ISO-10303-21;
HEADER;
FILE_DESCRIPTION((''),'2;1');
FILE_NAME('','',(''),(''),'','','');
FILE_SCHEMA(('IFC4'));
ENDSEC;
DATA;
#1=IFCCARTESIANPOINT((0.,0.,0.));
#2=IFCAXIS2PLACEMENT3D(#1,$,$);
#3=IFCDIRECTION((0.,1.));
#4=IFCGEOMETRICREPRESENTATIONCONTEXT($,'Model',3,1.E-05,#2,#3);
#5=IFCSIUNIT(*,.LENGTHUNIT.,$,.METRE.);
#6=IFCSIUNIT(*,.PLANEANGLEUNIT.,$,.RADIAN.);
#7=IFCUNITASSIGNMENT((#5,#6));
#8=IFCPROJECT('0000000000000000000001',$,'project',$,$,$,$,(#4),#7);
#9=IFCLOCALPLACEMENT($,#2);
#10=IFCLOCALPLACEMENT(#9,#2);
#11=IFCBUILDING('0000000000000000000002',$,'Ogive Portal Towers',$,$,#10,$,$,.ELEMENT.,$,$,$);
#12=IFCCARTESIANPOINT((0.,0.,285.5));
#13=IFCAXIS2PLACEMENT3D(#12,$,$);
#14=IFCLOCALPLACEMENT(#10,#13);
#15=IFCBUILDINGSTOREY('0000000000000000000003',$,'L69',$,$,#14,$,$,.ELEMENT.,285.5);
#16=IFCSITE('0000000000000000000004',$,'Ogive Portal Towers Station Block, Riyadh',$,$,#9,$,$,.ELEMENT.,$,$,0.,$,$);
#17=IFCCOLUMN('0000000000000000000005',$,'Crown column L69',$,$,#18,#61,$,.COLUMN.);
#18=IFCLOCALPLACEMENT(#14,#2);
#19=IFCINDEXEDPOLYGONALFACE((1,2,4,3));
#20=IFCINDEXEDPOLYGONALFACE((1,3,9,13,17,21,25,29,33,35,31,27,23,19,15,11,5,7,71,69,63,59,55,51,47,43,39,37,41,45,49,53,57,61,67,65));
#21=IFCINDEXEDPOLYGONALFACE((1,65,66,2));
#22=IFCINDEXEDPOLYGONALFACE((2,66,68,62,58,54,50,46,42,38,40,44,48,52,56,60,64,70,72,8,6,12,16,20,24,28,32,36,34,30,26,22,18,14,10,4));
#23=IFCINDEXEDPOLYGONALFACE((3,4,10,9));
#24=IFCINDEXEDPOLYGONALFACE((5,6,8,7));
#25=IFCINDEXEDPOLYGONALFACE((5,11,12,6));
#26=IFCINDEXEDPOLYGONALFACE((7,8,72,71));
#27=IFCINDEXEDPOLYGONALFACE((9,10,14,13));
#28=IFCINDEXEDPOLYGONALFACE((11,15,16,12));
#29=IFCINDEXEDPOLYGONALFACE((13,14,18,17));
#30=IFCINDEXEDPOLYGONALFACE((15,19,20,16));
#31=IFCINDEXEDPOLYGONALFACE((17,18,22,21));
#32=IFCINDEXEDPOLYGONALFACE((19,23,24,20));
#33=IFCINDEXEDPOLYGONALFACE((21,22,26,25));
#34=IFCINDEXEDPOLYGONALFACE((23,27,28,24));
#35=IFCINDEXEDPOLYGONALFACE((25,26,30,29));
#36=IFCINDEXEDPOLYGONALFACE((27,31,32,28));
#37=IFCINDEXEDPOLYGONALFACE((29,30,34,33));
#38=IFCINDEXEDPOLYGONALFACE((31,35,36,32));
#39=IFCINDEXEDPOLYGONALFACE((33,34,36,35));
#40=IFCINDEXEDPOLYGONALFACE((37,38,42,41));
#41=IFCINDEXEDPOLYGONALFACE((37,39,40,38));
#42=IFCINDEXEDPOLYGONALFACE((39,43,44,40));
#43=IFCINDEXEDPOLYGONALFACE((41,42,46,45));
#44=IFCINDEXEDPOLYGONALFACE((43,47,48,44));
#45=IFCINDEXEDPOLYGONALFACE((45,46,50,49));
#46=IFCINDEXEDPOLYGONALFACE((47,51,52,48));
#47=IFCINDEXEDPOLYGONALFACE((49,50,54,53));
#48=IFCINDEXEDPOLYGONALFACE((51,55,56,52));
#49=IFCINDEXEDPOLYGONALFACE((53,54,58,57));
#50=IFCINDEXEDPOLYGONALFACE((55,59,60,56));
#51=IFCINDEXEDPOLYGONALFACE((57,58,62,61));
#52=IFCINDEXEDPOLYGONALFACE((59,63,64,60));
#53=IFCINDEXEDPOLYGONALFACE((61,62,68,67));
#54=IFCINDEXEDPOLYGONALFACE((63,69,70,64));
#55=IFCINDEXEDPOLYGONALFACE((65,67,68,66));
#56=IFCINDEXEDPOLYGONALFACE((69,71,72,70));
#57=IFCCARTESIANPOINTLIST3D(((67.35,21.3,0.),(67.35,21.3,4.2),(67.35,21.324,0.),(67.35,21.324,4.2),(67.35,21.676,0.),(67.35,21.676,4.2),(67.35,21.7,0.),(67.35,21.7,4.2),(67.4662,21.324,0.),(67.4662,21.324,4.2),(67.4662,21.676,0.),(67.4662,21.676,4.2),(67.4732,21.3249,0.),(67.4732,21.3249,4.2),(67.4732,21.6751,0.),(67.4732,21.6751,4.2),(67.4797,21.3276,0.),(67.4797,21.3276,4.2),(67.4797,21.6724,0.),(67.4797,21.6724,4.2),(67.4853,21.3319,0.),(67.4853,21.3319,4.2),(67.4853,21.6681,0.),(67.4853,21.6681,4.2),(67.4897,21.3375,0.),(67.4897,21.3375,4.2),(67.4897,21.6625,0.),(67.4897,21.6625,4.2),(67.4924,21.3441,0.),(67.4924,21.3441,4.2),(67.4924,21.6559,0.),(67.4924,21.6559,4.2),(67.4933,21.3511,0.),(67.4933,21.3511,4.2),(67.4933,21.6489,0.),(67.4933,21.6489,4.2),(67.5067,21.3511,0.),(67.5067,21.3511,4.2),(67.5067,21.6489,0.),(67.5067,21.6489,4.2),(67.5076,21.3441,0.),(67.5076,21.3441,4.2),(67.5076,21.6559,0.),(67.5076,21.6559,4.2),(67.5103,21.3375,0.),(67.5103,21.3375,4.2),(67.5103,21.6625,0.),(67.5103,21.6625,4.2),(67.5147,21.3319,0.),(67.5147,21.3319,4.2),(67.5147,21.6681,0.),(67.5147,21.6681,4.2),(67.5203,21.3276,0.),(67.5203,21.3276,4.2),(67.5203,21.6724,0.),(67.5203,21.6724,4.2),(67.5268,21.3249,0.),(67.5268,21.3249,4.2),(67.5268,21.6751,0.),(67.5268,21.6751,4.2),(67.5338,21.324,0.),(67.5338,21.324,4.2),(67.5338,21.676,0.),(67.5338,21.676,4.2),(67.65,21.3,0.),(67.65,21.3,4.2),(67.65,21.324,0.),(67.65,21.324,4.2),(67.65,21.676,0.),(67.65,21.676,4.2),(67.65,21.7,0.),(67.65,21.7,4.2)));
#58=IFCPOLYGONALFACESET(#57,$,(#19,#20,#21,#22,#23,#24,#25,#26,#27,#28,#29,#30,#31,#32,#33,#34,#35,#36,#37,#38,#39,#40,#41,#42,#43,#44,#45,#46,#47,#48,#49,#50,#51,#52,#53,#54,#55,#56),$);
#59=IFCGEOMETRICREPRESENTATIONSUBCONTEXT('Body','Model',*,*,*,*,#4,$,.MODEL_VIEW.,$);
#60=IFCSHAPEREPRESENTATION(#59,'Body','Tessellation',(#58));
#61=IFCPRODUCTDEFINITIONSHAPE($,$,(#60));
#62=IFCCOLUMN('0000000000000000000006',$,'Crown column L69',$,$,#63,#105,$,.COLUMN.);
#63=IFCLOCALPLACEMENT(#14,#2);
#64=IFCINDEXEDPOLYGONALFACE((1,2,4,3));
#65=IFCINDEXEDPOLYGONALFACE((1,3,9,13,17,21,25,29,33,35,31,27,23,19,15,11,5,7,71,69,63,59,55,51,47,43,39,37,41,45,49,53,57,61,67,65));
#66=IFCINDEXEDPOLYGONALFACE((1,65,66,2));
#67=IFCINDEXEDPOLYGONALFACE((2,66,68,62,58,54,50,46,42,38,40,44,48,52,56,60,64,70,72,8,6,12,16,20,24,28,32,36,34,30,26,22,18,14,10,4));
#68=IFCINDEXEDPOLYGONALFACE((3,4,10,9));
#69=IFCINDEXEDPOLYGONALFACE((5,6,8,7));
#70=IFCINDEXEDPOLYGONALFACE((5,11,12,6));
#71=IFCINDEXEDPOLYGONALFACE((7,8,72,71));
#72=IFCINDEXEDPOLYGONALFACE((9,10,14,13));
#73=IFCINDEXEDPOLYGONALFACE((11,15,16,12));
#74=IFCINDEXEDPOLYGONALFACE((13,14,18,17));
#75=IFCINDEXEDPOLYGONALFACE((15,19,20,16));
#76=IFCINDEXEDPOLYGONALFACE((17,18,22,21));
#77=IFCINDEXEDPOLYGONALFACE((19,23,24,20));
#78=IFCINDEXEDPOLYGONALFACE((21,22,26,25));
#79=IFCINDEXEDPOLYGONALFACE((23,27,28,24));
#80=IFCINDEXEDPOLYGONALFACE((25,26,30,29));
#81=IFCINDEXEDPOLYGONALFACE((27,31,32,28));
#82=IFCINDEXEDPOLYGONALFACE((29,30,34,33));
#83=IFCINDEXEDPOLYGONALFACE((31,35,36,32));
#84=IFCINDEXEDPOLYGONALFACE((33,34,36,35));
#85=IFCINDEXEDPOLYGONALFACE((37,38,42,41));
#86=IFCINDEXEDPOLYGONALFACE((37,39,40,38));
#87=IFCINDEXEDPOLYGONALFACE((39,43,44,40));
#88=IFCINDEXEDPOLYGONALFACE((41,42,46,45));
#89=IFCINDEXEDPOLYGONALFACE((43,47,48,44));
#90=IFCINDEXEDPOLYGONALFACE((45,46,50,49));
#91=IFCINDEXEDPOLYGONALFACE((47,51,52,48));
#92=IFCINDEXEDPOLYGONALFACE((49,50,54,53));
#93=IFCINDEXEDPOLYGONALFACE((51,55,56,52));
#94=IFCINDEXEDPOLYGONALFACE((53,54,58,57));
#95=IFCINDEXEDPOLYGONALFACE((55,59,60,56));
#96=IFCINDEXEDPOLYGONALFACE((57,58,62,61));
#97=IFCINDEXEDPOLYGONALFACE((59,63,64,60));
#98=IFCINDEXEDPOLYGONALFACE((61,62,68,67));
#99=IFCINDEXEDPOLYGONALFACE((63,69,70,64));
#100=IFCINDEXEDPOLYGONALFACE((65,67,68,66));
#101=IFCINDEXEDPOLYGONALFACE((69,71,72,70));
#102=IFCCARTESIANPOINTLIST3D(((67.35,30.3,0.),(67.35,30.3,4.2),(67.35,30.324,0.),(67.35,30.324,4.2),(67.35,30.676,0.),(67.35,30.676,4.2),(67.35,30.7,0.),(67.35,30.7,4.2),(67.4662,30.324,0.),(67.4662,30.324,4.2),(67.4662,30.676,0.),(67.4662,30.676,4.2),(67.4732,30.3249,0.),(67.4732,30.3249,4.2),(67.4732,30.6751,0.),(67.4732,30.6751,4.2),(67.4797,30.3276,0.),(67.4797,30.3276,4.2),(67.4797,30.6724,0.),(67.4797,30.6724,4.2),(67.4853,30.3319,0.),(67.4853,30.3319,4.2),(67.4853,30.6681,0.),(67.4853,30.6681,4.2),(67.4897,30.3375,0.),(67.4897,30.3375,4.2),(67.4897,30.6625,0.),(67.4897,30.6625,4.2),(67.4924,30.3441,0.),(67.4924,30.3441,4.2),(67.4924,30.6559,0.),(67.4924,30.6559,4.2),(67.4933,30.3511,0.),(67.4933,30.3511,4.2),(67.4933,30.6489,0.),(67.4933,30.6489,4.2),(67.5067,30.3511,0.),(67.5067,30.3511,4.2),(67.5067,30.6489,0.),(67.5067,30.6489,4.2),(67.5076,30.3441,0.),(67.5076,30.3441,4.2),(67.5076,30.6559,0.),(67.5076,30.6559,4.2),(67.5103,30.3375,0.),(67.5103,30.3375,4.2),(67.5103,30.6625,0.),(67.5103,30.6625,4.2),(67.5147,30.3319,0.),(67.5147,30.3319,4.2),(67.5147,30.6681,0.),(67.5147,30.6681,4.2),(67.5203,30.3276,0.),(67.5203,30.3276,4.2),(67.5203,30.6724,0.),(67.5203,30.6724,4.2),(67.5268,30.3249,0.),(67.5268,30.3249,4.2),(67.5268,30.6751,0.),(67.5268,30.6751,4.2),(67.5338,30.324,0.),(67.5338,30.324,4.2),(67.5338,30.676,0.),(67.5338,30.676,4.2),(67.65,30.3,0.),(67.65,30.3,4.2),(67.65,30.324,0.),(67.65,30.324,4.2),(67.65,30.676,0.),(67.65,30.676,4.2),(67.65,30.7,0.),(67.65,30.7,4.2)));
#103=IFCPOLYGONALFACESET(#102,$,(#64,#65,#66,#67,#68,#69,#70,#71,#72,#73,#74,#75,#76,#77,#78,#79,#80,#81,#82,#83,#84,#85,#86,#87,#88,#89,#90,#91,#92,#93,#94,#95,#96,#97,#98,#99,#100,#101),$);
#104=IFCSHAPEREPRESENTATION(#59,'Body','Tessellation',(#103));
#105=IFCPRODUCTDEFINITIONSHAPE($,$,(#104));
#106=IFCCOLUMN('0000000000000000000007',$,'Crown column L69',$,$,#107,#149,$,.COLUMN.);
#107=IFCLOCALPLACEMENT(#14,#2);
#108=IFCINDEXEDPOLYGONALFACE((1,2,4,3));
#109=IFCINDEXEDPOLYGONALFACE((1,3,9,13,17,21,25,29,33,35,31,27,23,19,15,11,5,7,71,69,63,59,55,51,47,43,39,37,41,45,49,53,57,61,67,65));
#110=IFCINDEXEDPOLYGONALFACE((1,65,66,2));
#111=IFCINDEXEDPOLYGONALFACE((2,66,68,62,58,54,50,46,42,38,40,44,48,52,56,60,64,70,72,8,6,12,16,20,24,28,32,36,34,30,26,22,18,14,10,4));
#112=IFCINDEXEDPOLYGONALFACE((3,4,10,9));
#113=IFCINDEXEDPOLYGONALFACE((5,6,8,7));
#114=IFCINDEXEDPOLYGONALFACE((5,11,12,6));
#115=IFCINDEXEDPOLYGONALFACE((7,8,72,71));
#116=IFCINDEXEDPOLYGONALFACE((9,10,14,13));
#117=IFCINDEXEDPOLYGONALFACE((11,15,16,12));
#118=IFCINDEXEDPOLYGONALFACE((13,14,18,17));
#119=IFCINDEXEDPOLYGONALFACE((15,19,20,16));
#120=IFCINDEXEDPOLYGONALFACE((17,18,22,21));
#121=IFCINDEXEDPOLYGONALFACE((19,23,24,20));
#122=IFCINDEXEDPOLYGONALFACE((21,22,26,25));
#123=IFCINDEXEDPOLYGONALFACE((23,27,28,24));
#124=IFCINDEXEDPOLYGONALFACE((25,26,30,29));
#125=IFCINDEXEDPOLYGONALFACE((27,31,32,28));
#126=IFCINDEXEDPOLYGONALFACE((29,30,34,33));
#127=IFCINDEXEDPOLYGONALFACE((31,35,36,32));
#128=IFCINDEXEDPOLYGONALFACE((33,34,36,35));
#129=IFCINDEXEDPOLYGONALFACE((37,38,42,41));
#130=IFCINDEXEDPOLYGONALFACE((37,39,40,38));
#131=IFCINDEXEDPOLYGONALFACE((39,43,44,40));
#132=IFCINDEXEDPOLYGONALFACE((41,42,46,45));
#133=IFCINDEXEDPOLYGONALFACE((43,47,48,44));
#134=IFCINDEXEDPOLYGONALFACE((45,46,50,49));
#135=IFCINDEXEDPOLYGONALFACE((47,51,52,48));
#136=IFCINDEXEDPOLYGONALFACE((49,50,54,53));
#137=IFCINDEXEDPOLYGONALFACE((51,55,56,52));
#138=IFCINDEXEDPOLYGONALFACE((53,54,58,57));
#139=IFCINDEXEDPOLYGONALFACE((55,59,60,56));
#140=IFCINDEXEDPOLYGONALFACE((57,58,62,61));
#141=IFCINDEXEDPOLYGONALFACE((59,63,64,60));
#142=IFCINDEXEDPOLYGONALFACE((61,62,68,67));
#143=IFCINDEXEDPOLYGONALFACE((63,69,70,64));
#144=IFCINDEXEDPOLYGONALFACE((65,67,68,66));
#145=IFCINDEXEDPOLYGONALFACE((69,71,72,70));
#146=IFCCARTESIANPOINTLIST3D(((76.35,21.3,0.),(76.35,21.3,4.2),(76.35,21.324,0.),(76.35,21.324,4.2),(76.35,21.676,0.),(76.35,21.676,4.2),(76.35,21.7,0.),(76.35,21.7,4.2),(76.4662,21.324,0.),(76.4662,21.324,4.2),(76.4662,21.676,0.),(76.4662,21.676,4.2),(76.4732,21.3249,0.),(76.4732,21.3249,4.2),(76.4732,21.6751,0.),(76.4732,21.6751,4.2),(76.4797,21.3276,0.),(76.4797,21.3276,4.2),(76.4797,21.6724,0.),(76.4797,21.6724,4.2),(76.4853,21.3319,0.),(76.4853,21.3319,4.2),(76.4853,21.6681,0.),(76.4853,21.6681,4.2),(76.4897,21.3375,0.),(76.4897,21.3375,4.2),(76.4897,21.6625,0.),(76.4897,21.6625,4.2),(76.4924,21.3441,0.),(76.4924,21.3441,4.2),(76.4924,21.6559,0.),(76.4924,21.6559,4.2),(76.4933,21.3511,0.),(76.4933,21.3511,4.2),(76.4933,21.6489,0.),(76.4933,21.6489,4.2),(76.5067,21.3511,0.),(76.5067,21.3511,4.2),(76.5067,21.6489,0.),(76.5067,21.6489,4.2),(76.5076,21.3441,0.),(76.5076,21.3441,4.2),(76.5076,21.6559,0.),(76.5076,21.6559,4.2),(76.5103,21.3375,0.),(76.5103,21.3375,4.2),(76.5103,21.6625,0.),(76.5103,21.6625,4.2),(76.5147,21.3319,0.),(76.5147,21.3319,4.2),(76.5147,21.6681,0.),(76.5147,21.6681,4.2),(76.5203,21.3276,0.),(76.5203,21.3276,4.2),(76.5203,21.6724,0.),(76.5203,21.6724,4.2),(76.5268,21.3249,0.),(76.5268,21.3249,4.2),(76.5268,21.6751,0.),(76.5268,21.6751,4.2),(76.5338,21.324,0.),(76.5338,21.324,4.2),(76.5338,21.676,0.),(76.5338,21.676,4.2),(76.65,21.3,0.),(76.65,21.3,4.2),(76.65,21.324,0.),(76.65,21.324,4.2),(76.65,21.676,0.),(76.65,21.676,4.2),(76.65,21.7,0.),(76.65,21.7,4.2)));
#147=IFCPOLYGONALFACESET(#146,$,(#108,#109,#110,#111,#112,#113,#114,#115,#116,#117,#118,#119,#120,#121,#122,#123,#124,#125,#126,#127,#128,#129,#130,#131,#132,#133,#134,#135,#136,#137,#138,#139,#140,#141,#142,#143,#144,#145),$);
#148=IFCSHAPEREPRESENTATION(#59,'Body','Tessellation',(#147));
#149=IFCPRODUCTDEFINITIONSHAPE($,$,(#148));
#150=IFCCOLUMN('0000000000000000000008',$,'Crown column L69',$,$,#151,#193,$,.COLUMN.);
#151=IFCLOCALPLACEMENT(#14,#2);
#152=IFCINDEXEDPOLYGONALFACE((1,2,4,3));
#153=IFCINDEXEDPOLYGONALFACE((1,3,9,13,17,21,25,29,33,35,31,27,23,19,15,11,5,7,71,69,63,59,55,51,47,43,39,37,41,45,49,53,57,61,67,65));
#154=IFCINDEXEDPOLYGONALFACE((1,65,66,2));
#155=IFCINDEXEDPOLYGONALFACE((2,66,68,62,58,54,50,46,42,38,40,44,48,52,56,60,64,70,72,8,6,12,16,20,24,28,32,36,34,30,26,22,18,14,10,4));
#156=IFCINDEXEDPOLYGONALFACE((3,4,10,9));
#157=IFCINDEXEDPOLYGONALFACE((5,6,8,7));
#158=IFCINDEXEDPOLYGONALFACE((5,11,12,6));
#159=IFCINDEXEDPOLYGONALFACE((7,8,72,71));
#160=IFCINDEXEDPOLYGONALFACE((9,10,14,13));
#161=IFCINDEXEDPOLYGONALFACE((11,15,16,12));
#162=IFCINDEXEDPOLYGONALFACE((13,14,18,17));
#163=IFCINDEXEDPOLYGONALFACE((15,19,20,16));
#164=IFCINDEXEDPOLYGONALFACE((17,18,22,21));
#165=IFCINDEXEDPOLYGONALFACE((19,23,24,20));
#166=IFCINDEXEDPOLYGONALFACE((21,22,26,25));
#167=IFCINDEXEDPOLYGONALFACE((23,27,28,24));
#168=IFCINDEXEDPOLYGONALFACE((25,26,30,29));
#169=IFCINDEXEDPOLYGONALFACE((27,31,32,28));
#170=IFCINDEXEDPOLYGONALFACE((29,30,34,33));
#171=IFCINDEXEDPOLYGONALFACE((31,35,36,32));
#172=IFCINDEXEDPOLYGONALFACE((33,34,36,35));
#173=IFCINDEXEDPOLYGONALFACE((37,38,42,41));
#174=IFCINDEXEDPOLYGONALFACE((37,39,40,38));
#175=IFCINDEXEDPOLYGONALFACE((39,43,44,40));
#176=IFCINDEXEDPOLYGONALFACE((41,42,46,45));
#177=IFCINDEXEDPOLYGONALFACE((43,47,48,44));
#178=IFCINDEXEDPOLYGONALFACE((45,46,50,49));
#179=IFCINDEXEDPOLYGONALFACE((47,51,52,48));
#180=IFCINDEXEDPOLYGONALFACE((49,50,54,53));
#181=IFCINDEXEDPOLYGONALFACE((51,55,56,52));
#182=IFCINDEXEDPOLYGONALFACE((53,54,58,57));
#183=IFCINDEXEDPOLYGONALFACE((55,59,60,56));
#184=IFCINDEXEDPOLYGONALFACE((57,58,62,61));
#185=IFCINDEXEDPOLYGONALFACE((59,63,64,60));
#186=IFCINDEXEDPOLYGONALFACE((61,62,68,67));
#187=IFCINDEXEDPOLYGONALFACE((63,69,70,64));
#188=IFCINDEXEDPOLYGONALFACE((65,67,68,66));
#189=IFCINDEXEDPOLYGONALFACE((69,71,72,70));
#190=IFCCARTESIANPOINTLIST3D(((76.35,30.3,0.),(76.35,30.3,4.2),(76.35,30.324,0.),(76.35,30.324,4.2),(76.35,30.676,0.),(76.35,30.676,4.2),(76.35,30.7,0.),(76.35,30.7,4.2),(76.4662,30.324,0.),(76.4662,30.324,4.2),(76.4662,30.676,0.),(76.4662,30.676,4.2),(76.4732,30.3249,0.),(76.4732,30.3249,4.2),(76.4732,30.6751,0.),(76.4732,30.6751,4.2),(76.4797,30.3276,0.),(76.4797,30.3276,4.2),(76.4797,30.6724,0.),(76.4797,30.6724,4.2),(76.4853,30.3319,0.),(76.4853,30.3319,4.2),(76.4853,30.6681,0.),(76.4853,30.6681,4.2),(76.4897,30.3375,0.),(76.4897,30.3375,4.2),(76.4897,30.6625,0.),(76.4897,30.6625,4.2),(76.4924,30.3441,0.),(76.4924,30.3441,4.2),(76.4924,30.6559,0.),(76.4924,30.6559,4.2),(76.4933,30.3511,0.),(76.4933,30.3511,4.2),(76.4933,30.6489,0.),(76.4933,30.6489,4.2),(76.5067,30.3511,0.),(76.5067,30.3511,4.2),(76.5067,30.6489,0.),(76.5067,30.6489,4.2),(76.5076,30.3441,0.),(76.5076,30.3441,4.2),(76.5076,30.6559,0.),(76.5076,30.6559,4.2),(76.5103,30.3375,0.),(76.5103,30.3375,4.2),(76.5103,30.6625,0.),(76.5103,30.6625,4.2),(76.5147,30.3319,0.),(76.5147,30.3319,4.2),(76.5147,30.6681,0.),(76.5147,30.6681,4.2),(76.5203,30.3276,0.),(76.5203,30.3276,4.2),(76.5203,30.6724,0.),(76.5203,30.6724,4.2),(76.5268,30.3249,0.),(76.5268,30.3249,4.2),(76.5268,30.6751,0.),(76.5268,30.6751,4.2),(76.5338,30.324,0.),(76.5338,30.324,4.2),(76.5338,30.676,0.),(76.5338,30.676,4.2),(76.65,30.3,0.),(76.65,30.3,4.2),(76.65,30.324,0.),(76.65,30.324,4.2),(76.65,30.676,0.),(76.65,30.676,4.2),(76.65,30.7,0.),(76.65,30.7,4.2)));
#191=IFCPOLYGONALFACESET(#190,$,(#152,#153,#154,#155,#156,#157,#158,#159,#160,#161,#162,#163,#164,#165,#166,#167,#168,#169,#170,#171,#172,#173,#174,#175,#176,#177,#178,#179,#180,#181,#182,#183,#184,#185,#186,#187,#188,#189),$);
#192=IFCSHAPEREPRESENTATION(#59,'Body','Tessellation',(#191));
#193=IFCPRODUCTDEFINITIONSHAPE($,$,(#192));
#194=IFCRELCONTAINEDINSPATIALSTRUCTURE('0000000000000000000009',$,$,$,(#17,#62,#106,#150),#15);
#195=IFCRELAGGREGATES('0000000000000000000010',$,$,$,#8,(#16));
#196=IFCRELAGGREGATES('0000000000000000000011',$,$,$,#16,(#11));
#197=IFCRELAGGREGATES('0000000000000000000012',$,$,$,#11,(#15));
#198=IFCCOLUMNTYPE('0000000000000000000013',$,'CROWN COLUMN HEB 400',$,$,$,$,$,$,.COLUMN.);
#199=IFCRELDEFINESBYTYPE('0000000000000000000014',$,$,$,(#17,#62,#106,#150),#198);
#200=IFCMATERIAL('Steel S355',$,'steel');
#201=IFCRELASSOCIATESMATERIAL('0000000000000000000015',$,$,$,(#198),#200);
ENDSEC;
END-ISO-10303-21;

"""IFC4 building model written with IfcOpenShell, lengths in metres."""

from ifc_helpers import new_model, si_unit, direction, frame, origin, origin_2d, place, context, subcontext, project, spatial, i_section, extrude, material, material_profile, profile_set, type_object, element, save


model = new_model("IFC4")

# Units and contexts
model_context = context("Model", 3, precision=1e-05, world=origin(), true_north=direction((0.0, 1.0)))
body_context = subcontext(model_context, "Body", "Model", "MODEL_VIEW")
ifc_project = project(units=[si_unit("LENGTHUNIT", "METRE"), si_unit("PLANEANGLEUNIT", "RADIAN")], contexts=[model_context])

# Site, building, storey
site_placement = place(None, origin())
site = spatial("IfcSite", under=ifc_project, at=site_placement, Name="Ogive Portal Towers Station Block, Riyadh", CompositionType="ELEMENT", RefElevation=0.0)
building_placement = place(site_placement, origin())
building = spatial("IfcBuilding", under=site, at=building_placement, Name="Ogive Portal Towers", CompositionType="ELEMENT")
storey_placement = place(building_placement, frame((0.0, 0.0, 285.5)))
storey = spatial("IfcBuildingStorey", under=building, at=storey_placement, Name="L69", CompositionType="ELEMENT", Elevation=285.5)

# Columns
ifc_material_1 = material(Name="Steel S355", Category="steel")
ifc_material_profile_1 = material_profile(ifc_material_1, i_section(OverallWidth=0.3, OverallDepth=0.3999, WebThickness=0.0134, FlangeThickness=0.0239, FilletRadius=0.0271, at=origin_2d()), Name="HEB 400")
ifc_profile_set_1 = profile_set([ifc_material_profile_1], Name="Steel S355")
column_type = type_object("IfcColumnType", Name="CROWN COLUMN HEB 400", PredefinedType="COLUMN", material=ifc_profile_set_1)
for number, where, z_axis, x_axis, name in (
    (1, (67.5, 21.5, 0.0), (0.0, 0.0, 1.0), (1.0, 0.0, 0.0), "Crown column L69"),
    (2, (67.5, 30.5, 0.0), (0.0, 0.0, 1.0), (1.0, 0.0, 0.0), "Crown column L69"),
    (3, (76.5, 21.5, 0.0), (0.0, 0.0, 1.0), (1.0, 0.0, 0.0), "Crown column L69"),
    (4, (76.5, 30.5, 0.0), (0.0, 0.0, 1.0), (1.0, 0.0, 0.0), "Crown column L69"),
):
    element("IfcColumn", number, at=place(storey_placement, frame(where, z_axis=z_axis, x_axis=x_axis)), inside=storey, type_object=column_type, Name=name, PredefinedType="COLUMN", context=body_context, shape_type="SweptSolid", body=[
        extrude(i_section(OverallWidth=0.3, OverallDepth=0.3999, WebThickness=0.0134, FlangeThickness=0.0239, FilletRadius=0.0271, at=origin_2d()), origin(), (0.0, 0.0, 1.0), 4.2),
    ])

save(model, "model.ifc")
